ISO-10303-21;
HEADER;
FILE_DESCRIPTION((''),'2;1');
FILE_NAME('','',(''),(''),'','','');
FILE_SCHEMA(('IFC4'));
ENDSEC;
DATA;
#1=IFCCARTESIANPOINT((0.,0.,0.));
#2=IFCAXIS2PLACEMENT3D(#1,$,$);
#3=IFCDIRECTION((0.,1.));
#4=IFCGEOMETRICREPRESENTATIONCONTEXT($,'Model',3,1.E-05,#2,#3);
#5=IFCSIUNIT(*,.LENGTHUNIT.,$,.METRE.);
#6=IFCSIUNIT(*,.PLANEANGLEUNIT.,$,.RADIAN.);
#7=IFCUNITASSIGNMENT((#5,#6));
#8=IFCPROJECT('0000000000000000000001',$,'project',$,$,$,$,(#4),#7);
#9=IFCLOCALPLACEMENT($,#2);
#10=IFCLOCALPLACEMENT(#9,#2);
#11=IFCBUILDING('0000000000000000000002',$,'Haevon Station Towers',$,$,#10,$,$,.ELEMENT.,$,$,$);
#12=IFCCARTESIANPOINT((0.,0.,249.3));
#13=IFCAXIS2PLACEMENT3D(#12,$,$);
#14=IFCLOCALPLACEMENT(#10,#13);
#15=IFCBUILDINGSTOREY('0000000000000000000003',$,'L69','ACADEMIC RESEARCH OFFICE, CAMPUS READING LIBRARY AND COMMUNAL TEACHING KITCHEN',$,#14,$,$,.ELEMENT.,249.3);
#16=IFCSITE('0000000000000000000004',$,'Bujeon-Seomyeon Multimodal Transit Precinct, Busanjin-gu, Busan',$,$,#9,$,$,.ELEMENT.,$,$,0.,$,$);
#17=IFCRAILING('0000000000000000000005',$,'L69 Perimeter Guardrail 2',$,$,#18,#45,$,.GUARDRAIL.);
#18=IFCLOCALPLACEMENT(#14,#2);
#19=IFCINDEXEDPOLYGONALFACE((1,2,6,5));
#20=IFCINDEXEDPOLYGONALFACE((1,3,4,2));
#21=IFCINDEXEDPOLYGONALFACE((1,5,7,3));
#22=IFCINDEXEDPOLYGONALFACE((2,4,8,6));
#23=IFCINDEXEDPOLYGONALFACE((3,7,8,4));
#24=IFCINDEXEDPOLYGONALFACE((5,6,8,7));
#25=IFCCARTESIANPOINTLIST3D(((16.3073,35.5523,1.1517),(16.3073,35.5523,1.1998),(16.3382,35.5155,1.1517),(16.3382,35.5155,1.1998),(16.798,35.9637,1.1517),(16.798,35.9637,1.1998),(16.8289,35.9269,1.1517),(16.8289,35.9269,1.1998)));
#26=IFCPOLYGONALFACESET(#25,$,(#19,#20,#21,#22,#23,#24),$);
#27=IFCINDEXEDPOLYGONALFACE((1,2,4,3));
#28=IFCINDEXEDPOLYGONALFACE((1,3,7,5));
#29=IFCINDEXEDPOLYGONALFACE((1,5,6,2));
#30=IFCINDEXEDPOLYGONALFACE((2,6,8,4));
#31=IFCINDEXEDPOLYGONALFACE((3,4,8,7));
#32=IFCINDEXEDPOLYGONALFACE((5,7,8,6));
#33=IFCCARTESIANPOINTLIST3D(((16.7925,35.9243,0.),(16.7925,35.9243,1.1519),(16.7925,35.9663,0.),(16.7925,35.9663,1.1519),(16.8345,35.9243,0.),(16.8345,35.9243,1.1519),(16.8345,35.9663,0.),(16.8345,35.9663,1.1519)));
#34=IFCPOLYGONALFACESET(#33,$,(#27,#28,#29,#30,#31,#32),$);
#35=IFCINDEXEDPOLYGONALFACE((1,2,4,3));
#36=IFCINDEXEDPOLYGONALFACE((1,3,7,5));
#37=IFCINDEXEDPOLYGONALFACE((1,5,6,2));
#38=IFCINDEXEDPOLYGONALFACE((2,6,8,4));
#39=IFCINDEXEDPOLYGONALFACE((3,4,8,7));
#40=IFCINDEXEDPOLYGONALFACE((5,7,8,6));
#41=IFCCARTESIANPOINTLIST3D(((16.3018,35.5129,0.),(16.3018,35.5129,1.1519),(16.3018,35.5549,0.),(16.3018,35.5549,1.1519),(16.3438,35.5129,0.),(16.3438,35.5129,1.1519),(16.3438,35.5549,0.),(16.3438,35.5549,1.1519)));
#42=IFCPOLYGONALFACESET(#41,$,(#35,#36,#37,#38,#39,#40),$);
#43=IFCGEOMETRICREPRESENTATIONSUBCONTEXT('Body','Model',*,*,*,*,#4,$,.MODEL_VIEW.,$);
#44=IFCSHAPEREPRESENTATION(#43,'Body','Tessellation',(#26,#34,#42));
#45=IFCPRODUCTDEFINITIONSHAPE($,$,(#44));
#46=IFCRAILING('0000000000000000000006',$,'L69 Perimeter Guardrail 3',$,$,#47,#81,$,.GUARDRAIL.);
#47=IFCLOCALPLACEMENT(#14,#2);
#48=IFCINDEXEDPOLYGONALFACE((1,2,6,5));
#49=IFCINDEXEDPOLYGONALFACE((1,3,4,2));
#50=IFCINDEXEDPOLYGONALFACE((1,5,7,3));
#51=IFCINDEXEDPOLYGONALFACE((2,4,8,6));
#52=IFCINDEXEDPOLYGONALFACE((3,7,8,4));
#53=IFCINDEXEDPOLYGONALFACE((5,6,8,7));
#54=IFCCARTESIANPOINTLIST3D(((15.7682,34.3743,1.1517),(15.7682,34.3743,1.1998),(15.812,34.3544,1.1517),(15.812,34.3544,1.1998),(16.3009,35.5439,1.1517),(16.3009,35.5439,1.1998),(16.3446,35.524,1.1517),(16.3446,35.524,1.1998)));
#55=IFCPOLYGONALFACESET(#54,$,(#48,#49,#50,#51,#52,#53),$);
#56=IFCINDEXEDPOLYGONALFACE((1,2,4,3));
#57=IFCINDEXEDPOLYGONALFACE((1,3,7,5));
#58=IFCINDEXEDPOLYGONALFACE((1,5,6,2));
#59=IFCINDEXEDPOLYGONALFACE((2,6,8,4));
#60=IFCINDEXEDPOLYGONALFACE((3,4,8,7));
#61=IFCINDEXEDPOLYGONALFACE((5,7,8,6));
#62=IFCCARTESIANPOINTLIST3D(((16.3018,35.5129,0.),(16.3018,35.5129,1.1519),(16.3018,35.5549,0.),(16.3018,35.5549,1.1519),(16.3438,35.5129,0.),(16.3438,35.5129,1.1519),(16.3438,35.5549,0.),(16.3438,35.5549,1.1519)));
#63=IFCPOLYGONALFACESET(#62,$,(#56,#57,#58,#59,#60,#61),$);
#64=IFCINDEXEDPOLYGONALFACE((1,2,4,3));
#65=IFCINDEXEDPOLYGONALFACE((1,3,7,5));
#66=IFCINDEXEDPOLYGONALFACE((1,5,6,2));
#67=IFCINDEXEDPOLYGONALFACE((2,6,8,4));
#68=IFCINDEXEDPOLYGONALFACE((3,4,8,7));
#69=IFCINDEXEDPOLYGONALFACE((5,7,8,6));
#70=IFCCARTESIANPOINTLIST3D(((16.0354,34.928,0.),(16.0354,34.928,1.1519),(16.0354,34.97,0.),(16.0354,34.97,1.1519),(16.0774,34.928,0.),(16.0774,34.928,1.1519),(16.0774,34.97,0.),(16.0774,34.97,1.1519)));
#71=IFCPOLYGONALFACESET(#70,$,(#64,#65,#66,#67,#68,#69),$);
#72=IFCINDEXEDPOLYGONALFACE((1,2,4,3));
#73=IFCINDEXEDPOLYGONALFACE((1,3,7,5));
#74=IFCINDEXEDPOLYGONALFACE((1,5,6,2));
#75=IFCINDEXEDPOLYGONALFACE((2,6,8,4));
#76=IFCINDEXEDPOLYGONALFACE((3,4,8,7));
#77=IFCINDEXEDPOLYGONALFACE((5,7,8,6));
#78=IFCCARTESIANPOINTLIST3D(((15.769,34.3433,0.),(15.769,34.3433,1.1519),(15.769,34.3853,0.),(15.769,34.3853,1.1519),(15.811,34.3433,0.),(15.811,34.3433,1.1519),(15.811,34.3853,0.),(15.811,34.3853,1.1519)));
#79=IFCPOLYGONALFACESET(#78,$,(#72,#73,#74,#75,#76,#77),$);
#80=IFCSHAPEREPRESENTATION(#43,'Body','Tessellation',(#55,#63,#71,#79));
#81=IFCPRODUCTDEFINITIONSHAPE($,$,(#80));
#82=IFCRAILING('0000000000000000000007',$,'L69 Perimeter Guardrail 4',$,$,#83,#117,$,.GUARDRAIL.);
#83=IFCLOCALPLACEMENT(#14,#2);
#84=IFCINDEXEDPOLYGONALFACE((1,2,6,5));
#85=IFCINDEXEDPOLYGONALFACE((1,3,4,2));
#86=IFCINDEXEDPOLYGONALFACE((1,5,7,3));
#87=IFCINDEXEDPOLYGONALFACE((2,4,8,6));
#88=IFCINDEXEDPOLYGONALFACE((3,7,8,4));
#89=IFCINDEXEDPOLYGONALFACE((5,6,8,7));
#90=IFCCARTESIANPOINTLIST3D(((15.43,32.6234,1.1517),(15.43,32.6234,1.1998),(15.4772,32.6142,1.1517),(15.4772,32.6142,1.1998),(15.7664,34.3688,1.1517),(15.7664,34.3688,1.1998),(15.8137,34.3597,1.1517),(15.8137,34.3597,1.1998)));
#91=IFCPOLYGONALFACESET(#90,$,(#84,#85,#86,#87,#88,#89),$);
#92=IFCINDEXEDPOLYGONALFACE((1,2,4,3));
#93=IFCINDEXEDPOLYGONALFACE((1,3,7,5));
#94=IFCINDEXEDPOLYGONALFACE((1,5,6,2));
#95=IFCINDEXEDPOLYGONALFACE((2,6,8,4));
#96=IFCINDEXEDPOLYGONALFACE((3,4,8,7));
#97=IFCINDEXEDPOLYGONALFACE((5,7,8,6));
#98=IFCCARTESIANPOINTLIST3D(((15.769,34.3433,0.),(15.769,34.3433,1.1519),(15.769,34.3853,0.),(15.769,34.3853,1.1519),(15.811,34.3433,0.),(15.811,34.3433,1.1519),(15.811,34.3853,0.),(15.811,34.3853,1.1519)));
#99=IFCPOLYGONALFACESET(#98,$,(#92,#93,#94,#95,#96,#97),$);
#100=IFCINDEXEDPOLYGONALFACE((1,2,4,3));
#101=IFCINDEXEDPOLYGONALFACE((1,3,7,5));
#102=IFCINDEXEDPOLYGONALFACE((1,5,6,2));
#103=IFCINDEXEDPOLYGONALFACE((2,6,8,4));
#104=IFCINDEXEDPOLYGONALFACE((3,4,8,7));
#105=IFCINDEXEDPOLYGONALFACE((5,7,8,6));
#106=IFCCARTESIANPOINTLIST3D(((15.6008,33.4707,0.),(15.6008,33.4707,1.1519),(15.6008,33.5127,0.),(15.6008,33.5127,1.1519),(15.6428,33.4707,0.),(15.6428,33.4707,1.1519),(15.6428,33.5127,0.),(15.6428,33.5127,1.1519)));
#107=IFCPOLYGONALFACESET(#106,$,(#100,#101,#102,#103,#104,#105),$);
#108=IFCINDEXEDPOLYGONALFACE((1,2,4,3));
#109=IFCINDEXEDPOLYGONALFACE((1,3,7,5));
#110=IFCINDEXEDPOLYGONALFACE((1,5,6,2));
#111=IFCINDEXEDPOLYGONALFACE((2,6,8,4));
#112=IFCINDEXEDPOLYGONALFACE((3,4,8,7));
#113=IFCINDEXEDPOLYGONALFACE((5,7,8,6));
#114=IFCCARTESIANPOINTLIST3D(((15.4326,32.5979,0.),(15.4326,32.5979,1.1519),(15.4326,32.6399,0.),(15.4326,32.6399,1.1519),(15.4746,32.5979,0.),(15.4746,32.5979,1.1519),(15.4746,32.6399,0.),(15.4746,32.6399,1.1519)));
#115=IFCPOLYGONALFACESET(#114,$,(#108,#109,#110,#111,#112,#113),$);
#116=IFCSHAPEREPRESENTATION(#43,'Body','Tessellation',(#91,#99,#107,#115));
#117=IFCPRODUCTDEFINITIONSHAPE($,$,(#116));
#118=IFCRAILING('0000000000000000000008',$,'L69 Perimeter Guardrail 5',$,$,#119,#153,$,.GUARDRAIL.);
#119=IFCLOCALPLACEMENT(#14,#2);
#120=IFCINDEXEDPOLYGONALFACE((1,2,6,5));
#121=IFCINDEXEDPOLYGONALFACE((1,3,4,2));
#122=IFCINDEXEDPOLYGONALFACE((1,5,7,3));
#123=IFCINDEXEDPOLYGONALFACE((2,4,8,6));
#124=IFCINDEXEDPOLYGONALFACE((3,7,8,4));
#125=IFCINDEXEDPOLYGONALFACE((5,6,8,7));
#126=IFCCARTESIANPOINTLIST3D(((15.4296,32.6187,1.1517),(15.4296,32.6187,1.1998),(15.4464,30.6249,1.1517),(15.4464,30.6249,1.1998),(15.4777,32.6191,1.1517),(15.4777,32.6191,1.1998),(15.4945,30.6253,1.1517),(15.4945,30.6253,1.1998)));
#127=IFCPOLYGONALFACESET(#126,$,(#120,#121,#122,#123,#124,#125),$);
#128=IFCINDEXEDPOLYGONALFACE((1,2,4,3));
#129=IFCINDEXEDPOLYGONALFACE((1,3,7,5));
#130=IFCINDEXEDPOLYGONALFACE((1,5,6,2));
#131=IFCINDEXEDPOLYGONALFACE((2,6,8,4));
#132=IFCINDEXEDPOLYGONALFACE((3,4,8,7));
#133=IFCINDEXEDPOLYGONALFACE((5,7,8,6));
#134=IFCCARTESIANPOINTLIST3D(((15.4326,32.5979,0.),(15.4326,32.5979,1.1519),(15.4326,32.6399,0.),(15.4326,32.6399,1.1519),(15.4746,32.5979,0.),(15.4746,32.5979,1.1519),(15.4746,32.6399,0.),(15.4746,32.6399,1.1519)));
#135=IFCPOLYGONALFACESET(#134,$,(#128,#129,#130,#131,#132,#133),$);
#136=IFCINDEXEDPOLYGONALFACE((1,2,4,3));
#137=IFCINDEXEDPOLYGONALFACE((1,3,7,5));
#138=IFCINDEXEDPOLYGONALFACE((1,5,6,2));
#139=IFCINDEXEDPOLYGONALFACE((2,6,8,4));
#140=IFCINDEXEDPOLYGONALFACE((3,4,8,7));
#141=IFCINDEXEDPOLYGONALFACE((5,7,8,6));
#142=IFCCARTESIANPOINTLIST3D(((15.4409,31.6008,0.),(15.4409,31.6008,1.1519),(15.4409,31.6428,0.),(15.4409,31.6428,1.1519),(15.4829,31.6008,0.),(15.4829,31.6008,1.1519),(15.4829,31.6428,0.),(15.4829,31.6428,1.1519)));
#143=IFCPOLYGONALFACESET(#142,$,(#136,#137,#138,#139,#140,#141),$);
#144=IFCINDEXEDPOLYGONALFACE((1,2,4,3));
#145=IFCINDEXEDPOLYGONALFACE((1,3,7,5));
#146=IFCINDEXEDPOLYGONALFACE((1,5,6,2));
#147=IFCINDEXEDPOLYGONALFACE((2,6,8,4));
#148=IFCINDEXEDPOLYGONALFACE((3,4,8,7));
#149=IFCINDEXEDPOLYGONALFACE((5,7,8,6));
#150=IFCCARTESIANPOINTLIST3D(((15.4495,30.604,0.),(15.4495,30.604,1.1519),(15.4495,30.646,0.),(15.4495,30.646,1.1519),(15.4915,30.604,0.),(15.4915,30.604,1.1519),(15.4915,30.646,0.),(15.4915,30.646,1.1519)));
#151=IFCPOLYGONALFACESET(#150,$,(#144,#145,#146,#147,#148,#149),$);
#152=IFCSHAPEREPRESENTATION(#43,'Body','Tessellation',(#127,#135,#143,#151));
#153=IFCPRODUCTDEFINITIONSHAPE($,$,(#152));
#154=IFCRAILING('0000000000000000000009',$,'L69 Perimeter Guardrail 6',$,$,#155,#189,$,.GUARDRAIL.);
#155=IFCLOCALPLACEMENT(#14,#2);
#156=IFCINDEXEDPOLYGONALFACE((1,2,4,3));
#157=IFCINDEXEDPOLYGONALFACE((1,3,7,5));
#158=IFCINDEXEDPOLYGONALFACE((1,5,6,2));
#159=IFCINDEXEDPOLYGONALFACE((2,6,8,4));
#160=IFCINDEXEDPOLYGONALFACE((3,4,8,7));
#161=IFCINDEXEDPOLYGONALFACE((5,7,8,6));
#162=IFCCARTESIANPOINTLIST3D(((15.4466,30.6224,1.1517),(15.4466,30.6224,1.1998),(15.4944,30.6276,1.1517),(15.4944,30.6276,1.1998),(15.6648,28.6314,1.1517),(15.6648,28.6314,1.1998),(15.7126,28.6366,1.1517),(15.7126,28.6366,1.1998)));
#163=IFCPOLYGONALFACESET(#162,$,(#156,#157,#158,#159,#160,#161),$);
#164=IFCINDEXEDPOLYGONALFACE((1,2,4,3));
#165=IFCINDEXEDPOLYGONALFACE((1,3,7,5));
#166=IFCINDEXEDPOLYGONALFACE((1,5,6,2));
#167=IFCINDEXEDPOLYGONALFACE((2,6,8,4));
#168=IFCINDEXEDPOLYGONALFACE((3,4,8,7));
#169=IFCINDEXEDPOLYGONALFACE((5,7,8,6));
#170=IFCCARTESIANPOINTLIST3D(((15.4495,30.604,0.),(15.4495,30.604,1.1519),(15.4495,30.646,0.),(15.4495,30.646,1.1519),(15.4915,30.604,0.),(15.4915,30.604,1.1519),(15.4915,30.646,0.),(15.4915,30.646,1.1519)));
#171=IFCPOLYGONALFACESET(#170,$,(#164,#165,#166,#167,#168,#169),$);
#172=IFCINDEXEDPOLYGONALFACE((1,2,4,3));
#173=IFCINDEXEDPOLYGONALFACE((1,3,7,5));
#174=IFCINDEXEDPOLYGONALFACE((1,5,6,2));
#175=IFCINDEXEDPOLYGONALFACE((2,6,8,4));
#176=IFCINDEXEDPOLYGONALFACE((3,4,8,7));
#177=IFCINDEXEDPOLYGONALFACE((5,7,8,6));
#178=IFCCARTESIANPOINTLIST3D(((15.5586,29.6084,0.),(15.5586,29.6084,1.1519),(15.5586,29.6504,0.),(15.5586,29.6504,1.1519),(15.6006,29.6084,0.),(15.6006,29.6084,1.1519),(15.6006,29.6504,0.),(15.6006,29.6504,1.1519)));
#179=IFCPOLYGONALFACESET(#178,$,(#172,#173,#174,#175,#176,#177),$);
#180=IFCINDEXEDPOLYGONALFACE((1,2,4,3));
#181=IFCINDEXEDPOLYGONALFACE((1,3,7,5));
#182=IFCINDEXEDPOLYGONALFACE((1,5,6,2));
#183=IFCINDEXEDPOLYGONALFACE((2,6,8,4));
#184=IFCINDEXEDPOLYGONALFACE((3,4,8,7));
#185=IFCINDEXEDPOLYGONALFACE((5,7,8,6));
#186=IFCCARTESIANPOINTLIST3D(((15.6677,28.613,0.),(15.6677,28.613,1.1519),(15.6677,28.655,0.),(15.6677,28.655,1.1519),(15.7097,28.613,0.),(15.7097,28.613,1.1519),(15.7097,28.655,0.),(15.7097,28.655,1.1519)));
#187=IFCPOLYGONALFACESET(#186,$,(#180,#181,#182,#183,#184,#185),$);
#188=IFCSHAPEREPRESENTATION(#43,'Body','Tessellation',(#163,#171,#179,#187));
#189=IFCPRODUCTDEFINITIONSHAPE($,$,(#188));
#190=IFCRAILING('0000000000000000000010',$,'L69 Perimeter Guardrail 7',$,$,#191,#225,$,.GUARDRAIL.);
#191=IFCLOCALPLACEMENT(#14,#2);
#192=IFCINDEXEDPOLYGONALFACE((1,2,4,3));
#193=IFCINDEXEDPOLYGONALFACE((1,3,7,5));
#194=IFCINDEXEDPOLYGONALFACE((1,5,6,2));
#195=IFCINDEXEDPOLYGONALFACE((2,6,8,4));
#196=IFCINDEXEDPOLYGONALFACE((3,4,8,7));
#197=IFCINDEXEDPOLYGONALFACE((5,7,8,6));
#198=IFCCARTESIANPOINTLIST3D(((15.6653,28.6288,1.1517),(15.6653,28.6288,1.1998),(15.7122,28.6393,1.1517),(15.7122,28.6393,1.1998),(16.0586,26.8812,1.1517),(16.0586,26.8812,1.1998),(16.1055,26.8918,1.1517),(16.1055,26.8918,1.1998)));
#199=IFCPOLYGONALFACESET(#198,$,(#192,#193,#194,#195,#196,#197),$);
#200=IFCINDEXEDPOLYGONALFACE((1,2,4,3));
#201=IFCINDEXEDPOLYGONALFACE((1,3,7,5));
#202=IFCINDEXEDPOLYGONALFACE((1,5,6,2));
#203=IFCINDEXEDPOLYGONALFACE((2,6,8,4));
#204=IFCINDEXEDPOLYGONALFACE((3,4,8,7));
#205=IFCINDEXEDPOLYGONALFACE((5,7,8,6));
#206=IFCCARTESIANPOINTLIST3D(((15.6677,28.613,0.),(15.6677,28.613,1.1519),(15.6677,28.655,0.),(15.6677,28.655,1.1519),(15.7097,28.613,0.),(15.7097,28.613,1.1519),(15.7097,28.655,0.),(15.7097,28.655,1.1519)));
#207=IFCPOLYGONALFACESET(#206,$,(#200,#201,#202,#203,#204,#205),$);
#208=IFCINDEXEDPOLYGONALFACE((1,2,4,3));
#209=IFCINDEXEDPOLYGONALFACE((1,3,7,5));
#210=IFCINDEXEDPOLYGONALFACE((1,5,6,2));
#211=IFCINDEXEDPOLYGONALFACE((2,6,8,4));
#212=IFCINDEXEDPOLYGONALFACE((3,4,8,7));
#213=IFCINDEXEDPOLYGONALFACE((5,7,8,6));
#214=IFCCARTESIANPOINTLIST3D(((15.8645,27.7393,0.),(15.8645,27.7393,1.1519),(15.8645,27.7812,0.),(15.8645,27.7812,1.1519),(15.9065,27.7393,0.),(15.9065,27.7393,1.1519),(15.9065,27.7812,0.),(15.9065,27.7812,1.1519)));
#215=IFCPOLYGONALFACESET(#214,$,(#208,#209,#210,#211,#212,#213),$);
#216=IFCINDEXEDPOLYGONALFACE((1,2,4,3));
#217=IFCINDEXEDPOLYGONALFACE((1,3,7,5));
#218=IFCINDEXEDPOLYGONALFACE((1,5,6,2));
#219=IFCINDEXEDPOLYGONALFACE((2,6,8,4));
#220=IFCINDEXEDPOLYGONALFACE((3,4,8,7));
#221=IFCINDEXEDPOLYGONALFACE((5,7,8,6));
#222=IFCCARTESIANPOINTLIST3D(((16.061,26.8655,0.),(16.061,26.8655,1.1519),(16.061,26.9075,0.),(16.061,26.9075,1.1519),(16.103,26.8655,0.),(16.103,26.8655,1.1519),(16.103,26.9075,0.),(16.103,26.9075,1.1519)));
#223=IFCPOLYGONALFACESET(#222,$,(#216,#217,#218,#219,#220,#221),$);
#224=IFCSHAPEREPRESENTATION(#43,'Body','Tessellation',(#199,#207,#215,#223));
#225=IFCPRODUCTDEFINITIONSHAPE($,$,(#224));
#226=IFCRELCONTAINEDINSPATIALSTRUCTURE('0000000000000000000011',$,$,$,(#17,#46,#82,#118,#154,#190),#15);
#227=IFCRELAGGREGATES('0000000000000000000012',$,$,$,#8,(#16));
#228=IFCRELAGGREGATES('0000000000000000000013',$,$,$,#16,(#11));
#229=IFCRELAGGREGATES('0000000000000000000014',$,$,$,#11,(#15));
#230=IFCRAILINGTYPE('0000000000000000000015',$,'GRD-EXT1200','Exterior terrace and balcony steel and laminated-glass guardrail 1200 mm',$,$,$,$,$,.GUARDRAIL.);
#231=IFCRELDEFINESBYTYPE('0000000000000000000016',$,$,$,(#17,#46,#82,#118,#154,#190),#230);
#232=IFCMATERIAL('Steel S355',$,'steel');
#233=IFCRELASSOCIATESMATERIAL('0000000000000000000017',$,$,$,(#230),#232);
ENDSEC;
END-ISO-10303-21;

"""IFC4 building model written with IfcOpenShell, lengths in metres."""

from ifc_helpers import new_model, si_unit, direction, frame, origin, origin_2d, place, context, subcontext, project, spatial, rectangle, extrude, material, type_object, element, save


model = new_model("IFC4")

# Units and contexts
model_context = context("Model", 3, precision=1e-05, world=origin(), true_north=direction((0.0, 1.0)))
body_context = subcontext(model_context, "Body", "Model", "MODEL_VIEW")
ifc_project = project(units=[si_unit("LENGTHUNIT", "METRE"), si_unit("PLANEANGLEUNIT", "RADIAN")], contexts=[model_context])

# Site, building, storey
site_placement = place(None, origin())
site = spatial("IfcSite", under=ifc_project, at=site_placement, Name="Bujeon-Seomyeon Multimodal Transit Precinct, Busanjin-gu, Busan", CompositionType="ELEMENT", RefElevation=0.0)
building_placement = place(site_placement, origin())
building = spatial("IfcBuilding", under=site, at=building_placement, Name="Haevon Station Towers", CompositionType="ELEMENT")
storey_placement = place(building_placement, frame((0.0, 0.0, 249.3)))
storey = spatial("IfcBuildingStorey", under=building, at=storey_placement, Name="L69", Description="ACADEMIC RESEARCH OFFICE, CAMPUS READING LIBRARY AND COMMUNAL TEACHING KITCHEN", CompositionType="ELEMENT", Elevation=249.3)

# Shared definitions
ifc_material_1 = material(Name="Steel S355", Category="steel")

# Railings
railing_type = type_object("IfcRailingType", Name="GRD-EXT1200", Description="Exterior terrace and balcony steel and laminated-glass guardrail 1200 mm", PredefinedType="GUARDRAIL", material=ifc_material_1)
railing_1_placement = place(storey_placement, frame((16.8135, 35.9453, 0.0)))
element("IfcRailing", 1, at=railing_1_placement, inside=storey, type_object=railing_type, Name="L69 Perimeter Guardrail 2", PredefinedType="GUARDRAIL", context=body_context, shape_type="SweptSolid", body=[
    extrude(rectangle(XDim=0.0481, YDim=0.0481, at=origin_2d()), frame((0.0, 0.0, 1.1758), z_axis=(-0.766343, -0.642432, 0.0), x_axis=(0.642432, -0.766343, 0.0)), (0.0, 0.0, 1.0), 0.6404),
    extrude(rectangle(XDim=0.042, YDim=0.042, at=origin_2d()), origin(), (0.0, 0.0, 1.0), 1.1519),
    extrude(rectangle(XDim=0.042, YDim=0.042, at=origin_2d()), frame((-0.4907, -0.4114, 0.0)), (0.0, 0.0, 1.0), 1.1519),
])
railing_2_placement = place(storey_placement, frame((16.3228, 35.5339, 0.0)))
element("IfcRailing", 2, at=railing_2_placement, inside=storey, type_object=railing_type, Name="L69 Perimeter Guardrail 3", PredefinedType="GUARDRAIL", context=body_context, shape_type="SweptSolid", body=[
    extrude(rectangle(XDim=0.0481, YDim=0.0481, at=origin_2d()), frame((0.0, 0.0, 1.1758), z_axis=(-0.414475, -0.91006, 0.0), x_axis=(0.91006, -0.414475, 0.0)), (0.0, 0.0, 1.0), 1.2852),
    extrude(rectangle(XDim=0.042, YDim=0.042, at=origin_2d()), origin(), (0.0, 0.0, 1.0), 1.1519),
    extrude(rectangle(XDim=0.042, YDim=0.042, at=origin_2d()), frame((-0.2664, -0.585, 0.0)), (0.0, 0.0, 1.0), 1.1519),
    extrude(rectangle(XDim=0.042, YDim=0.042, at=origin_2d()), frame((-0.5327, -1.1697, 0.0)), (0.0, 0.0, 1.0), 1.1519),
])
railing_3_placement = place(storey_placement, frame((15.79, 34.3643, 0.0)))
element("IfcRailing", 3, at=railing_3_placement, inside=storey, type_object=railing_type, Name="L69 Perimeter Guardrail 4", PredefinedType="GUARDRAIL", context=body_context, shape_type="SweptSolid", body=[
    extrude(rectangle(XDim=0.0481, YDim=0.0481, at=origin_2d()), frame((0.0, 0.0, 1.1758), z_axis=(-0.18927, -0.981925, 0.0), x_axis=(0.981925, -0.18927, 0.0)), (0.0, 0.0, 1.0), 1.7776),
    extrude(rectangle(XDim=0.042, YDim=0.042, at=origin_2d()), origin(), (0.0, 0.0, 1.0), 1.1519),
    extrude(rectangle(XDim=0.042, YDim=0.042, at=origin_2d()), frame((-0.1682, -0.8726, 0.0)), (0.0, 0.0, 1.0), 1.1519),
    extrude(rectangle(XDim=0.042, YDim=0.042, at=origin_2d()), frame((-0.3364, -1.7454, 0.0)), (0.0, 0.0, 1.0), 1.1519),
])
railing_4_placement = place(storey_placement, frame((15.4536, 32.6189, 0.0)))
element("IfcRailing", 4, at=railing_4_placement, inside=storey, type_object=railing_type, Name="L69 Perimeter Guardrail 5", PredefinedType="GUARDRAIL", context=body_context, shape_type="SweptSolid", body=[
    extrude(rectangle(XDim=0.0481, YDim=0.0481, at=origin_2d()), frame((0.0, 0.0, 1.1758), z_axis=(0.008448, -0.999964, 0.0), x_axis=(0.999964, 0.008448, 0.0)), (0.0, 0.0, 1.0), 1.9939),
    extrude(rectangle(XDim=0.042, YDim=0.042, at=origin_2d()), origin(), (0.0, 0.0, 1.0), 1.1519),
    extrude(rectangle(XDim=0.042, YDim=0.042, at=origin_2d()), frame((0.0083, -0.9971, 0.0)), (0.0, 0.0, 1.0), 1.1519),
    extrude(rectangle(XDim=0.042, YDim=0.042, at=origin_2d()), frame((0.0168, -1.9939, 0.0)), (0.0, 0.0, 1.0), 1.1519),
])
railing_5_placement = place(storey_placement, frame((15.4705, 30.625, 0.0)))
element("IfcRailing", 5, at=railing_5_placement, inside=storey, type_object=railing_type, Name="L69 Perimeter Guardrail 6", PredefinedType="GUARDRAIL", context=body_context, shape_type="SweptSolid", body=[
    extrude(rectangle(XDim=0.0481, YDim=0.0481, at=origin_2d()), frame((0.0, 0.0, 1.1758), z_axis=(0.108973, -0.994045, 0.0), x_axis=(0.994045, 0.108973, 0.0)), (0.0, 0.0, 1.0), 2.0029),
    extrude(rectangle(XDim=0.042, YDim=0.042, at=origin_2d()), origin(), (0.0, 0.0, 1.0), 1.1519),
    extrude(rectangle(XDim=0.042, YDim=0.042, at=origin_2d()), frame((0.1091, -0.9956, 0.0)), (0.0, 0.0, 1.0), 1.1519),
    extrude(rectangle(XDim=0.042, YDim=0.042, at=origin_2d()), frame((0.2183, -1.991, 0.0)), (0.0, 0.0, 1.0), 1.1519),
])
railing_6_placement = place(storey_placement, frame((15.6887, 28.634, 0.0)))
element("IfcRailing", 6, at=railing_6_placement, inside=storey, type_object=railing_type, Name="L69 Perimeter Guardrail 7", PredefinedType="GUARDRAIL", context=body_context, shape_type="SweptSolid", body=[
    extrude(rectangle(XDim=0.0481, YDim=0.0481, at=origin_2d()), frame((0.0, 0.0, 1.1758), z_axis=(0.219571, -0.975597, 0.0), x_axis=(0.975597, 0.219571, 0.0)), (0.0, 0.0, 1.0), 1.7913),
    extrude(rectangle(XDim=0.042, YDim=0.042, at=origin_2d()), origin(), (0.0, 0.0, 1.0), 1.1519),
    extrude(rectangle(XDim=0.042, YDim=0.042, at=origin_2d()), frame((0.1968, -0.8738, 0.0)), (0.0, 0.0, 1.0), 1.1519),
    extrude(rectangle(XDim=0.042, YDim=0.042, at=origin_2d()), frame((0.3933, -1.7476, 0.0)), (0.0, 0.0, 1.0), 1.1519),
])

save(model, "model.ifc")
